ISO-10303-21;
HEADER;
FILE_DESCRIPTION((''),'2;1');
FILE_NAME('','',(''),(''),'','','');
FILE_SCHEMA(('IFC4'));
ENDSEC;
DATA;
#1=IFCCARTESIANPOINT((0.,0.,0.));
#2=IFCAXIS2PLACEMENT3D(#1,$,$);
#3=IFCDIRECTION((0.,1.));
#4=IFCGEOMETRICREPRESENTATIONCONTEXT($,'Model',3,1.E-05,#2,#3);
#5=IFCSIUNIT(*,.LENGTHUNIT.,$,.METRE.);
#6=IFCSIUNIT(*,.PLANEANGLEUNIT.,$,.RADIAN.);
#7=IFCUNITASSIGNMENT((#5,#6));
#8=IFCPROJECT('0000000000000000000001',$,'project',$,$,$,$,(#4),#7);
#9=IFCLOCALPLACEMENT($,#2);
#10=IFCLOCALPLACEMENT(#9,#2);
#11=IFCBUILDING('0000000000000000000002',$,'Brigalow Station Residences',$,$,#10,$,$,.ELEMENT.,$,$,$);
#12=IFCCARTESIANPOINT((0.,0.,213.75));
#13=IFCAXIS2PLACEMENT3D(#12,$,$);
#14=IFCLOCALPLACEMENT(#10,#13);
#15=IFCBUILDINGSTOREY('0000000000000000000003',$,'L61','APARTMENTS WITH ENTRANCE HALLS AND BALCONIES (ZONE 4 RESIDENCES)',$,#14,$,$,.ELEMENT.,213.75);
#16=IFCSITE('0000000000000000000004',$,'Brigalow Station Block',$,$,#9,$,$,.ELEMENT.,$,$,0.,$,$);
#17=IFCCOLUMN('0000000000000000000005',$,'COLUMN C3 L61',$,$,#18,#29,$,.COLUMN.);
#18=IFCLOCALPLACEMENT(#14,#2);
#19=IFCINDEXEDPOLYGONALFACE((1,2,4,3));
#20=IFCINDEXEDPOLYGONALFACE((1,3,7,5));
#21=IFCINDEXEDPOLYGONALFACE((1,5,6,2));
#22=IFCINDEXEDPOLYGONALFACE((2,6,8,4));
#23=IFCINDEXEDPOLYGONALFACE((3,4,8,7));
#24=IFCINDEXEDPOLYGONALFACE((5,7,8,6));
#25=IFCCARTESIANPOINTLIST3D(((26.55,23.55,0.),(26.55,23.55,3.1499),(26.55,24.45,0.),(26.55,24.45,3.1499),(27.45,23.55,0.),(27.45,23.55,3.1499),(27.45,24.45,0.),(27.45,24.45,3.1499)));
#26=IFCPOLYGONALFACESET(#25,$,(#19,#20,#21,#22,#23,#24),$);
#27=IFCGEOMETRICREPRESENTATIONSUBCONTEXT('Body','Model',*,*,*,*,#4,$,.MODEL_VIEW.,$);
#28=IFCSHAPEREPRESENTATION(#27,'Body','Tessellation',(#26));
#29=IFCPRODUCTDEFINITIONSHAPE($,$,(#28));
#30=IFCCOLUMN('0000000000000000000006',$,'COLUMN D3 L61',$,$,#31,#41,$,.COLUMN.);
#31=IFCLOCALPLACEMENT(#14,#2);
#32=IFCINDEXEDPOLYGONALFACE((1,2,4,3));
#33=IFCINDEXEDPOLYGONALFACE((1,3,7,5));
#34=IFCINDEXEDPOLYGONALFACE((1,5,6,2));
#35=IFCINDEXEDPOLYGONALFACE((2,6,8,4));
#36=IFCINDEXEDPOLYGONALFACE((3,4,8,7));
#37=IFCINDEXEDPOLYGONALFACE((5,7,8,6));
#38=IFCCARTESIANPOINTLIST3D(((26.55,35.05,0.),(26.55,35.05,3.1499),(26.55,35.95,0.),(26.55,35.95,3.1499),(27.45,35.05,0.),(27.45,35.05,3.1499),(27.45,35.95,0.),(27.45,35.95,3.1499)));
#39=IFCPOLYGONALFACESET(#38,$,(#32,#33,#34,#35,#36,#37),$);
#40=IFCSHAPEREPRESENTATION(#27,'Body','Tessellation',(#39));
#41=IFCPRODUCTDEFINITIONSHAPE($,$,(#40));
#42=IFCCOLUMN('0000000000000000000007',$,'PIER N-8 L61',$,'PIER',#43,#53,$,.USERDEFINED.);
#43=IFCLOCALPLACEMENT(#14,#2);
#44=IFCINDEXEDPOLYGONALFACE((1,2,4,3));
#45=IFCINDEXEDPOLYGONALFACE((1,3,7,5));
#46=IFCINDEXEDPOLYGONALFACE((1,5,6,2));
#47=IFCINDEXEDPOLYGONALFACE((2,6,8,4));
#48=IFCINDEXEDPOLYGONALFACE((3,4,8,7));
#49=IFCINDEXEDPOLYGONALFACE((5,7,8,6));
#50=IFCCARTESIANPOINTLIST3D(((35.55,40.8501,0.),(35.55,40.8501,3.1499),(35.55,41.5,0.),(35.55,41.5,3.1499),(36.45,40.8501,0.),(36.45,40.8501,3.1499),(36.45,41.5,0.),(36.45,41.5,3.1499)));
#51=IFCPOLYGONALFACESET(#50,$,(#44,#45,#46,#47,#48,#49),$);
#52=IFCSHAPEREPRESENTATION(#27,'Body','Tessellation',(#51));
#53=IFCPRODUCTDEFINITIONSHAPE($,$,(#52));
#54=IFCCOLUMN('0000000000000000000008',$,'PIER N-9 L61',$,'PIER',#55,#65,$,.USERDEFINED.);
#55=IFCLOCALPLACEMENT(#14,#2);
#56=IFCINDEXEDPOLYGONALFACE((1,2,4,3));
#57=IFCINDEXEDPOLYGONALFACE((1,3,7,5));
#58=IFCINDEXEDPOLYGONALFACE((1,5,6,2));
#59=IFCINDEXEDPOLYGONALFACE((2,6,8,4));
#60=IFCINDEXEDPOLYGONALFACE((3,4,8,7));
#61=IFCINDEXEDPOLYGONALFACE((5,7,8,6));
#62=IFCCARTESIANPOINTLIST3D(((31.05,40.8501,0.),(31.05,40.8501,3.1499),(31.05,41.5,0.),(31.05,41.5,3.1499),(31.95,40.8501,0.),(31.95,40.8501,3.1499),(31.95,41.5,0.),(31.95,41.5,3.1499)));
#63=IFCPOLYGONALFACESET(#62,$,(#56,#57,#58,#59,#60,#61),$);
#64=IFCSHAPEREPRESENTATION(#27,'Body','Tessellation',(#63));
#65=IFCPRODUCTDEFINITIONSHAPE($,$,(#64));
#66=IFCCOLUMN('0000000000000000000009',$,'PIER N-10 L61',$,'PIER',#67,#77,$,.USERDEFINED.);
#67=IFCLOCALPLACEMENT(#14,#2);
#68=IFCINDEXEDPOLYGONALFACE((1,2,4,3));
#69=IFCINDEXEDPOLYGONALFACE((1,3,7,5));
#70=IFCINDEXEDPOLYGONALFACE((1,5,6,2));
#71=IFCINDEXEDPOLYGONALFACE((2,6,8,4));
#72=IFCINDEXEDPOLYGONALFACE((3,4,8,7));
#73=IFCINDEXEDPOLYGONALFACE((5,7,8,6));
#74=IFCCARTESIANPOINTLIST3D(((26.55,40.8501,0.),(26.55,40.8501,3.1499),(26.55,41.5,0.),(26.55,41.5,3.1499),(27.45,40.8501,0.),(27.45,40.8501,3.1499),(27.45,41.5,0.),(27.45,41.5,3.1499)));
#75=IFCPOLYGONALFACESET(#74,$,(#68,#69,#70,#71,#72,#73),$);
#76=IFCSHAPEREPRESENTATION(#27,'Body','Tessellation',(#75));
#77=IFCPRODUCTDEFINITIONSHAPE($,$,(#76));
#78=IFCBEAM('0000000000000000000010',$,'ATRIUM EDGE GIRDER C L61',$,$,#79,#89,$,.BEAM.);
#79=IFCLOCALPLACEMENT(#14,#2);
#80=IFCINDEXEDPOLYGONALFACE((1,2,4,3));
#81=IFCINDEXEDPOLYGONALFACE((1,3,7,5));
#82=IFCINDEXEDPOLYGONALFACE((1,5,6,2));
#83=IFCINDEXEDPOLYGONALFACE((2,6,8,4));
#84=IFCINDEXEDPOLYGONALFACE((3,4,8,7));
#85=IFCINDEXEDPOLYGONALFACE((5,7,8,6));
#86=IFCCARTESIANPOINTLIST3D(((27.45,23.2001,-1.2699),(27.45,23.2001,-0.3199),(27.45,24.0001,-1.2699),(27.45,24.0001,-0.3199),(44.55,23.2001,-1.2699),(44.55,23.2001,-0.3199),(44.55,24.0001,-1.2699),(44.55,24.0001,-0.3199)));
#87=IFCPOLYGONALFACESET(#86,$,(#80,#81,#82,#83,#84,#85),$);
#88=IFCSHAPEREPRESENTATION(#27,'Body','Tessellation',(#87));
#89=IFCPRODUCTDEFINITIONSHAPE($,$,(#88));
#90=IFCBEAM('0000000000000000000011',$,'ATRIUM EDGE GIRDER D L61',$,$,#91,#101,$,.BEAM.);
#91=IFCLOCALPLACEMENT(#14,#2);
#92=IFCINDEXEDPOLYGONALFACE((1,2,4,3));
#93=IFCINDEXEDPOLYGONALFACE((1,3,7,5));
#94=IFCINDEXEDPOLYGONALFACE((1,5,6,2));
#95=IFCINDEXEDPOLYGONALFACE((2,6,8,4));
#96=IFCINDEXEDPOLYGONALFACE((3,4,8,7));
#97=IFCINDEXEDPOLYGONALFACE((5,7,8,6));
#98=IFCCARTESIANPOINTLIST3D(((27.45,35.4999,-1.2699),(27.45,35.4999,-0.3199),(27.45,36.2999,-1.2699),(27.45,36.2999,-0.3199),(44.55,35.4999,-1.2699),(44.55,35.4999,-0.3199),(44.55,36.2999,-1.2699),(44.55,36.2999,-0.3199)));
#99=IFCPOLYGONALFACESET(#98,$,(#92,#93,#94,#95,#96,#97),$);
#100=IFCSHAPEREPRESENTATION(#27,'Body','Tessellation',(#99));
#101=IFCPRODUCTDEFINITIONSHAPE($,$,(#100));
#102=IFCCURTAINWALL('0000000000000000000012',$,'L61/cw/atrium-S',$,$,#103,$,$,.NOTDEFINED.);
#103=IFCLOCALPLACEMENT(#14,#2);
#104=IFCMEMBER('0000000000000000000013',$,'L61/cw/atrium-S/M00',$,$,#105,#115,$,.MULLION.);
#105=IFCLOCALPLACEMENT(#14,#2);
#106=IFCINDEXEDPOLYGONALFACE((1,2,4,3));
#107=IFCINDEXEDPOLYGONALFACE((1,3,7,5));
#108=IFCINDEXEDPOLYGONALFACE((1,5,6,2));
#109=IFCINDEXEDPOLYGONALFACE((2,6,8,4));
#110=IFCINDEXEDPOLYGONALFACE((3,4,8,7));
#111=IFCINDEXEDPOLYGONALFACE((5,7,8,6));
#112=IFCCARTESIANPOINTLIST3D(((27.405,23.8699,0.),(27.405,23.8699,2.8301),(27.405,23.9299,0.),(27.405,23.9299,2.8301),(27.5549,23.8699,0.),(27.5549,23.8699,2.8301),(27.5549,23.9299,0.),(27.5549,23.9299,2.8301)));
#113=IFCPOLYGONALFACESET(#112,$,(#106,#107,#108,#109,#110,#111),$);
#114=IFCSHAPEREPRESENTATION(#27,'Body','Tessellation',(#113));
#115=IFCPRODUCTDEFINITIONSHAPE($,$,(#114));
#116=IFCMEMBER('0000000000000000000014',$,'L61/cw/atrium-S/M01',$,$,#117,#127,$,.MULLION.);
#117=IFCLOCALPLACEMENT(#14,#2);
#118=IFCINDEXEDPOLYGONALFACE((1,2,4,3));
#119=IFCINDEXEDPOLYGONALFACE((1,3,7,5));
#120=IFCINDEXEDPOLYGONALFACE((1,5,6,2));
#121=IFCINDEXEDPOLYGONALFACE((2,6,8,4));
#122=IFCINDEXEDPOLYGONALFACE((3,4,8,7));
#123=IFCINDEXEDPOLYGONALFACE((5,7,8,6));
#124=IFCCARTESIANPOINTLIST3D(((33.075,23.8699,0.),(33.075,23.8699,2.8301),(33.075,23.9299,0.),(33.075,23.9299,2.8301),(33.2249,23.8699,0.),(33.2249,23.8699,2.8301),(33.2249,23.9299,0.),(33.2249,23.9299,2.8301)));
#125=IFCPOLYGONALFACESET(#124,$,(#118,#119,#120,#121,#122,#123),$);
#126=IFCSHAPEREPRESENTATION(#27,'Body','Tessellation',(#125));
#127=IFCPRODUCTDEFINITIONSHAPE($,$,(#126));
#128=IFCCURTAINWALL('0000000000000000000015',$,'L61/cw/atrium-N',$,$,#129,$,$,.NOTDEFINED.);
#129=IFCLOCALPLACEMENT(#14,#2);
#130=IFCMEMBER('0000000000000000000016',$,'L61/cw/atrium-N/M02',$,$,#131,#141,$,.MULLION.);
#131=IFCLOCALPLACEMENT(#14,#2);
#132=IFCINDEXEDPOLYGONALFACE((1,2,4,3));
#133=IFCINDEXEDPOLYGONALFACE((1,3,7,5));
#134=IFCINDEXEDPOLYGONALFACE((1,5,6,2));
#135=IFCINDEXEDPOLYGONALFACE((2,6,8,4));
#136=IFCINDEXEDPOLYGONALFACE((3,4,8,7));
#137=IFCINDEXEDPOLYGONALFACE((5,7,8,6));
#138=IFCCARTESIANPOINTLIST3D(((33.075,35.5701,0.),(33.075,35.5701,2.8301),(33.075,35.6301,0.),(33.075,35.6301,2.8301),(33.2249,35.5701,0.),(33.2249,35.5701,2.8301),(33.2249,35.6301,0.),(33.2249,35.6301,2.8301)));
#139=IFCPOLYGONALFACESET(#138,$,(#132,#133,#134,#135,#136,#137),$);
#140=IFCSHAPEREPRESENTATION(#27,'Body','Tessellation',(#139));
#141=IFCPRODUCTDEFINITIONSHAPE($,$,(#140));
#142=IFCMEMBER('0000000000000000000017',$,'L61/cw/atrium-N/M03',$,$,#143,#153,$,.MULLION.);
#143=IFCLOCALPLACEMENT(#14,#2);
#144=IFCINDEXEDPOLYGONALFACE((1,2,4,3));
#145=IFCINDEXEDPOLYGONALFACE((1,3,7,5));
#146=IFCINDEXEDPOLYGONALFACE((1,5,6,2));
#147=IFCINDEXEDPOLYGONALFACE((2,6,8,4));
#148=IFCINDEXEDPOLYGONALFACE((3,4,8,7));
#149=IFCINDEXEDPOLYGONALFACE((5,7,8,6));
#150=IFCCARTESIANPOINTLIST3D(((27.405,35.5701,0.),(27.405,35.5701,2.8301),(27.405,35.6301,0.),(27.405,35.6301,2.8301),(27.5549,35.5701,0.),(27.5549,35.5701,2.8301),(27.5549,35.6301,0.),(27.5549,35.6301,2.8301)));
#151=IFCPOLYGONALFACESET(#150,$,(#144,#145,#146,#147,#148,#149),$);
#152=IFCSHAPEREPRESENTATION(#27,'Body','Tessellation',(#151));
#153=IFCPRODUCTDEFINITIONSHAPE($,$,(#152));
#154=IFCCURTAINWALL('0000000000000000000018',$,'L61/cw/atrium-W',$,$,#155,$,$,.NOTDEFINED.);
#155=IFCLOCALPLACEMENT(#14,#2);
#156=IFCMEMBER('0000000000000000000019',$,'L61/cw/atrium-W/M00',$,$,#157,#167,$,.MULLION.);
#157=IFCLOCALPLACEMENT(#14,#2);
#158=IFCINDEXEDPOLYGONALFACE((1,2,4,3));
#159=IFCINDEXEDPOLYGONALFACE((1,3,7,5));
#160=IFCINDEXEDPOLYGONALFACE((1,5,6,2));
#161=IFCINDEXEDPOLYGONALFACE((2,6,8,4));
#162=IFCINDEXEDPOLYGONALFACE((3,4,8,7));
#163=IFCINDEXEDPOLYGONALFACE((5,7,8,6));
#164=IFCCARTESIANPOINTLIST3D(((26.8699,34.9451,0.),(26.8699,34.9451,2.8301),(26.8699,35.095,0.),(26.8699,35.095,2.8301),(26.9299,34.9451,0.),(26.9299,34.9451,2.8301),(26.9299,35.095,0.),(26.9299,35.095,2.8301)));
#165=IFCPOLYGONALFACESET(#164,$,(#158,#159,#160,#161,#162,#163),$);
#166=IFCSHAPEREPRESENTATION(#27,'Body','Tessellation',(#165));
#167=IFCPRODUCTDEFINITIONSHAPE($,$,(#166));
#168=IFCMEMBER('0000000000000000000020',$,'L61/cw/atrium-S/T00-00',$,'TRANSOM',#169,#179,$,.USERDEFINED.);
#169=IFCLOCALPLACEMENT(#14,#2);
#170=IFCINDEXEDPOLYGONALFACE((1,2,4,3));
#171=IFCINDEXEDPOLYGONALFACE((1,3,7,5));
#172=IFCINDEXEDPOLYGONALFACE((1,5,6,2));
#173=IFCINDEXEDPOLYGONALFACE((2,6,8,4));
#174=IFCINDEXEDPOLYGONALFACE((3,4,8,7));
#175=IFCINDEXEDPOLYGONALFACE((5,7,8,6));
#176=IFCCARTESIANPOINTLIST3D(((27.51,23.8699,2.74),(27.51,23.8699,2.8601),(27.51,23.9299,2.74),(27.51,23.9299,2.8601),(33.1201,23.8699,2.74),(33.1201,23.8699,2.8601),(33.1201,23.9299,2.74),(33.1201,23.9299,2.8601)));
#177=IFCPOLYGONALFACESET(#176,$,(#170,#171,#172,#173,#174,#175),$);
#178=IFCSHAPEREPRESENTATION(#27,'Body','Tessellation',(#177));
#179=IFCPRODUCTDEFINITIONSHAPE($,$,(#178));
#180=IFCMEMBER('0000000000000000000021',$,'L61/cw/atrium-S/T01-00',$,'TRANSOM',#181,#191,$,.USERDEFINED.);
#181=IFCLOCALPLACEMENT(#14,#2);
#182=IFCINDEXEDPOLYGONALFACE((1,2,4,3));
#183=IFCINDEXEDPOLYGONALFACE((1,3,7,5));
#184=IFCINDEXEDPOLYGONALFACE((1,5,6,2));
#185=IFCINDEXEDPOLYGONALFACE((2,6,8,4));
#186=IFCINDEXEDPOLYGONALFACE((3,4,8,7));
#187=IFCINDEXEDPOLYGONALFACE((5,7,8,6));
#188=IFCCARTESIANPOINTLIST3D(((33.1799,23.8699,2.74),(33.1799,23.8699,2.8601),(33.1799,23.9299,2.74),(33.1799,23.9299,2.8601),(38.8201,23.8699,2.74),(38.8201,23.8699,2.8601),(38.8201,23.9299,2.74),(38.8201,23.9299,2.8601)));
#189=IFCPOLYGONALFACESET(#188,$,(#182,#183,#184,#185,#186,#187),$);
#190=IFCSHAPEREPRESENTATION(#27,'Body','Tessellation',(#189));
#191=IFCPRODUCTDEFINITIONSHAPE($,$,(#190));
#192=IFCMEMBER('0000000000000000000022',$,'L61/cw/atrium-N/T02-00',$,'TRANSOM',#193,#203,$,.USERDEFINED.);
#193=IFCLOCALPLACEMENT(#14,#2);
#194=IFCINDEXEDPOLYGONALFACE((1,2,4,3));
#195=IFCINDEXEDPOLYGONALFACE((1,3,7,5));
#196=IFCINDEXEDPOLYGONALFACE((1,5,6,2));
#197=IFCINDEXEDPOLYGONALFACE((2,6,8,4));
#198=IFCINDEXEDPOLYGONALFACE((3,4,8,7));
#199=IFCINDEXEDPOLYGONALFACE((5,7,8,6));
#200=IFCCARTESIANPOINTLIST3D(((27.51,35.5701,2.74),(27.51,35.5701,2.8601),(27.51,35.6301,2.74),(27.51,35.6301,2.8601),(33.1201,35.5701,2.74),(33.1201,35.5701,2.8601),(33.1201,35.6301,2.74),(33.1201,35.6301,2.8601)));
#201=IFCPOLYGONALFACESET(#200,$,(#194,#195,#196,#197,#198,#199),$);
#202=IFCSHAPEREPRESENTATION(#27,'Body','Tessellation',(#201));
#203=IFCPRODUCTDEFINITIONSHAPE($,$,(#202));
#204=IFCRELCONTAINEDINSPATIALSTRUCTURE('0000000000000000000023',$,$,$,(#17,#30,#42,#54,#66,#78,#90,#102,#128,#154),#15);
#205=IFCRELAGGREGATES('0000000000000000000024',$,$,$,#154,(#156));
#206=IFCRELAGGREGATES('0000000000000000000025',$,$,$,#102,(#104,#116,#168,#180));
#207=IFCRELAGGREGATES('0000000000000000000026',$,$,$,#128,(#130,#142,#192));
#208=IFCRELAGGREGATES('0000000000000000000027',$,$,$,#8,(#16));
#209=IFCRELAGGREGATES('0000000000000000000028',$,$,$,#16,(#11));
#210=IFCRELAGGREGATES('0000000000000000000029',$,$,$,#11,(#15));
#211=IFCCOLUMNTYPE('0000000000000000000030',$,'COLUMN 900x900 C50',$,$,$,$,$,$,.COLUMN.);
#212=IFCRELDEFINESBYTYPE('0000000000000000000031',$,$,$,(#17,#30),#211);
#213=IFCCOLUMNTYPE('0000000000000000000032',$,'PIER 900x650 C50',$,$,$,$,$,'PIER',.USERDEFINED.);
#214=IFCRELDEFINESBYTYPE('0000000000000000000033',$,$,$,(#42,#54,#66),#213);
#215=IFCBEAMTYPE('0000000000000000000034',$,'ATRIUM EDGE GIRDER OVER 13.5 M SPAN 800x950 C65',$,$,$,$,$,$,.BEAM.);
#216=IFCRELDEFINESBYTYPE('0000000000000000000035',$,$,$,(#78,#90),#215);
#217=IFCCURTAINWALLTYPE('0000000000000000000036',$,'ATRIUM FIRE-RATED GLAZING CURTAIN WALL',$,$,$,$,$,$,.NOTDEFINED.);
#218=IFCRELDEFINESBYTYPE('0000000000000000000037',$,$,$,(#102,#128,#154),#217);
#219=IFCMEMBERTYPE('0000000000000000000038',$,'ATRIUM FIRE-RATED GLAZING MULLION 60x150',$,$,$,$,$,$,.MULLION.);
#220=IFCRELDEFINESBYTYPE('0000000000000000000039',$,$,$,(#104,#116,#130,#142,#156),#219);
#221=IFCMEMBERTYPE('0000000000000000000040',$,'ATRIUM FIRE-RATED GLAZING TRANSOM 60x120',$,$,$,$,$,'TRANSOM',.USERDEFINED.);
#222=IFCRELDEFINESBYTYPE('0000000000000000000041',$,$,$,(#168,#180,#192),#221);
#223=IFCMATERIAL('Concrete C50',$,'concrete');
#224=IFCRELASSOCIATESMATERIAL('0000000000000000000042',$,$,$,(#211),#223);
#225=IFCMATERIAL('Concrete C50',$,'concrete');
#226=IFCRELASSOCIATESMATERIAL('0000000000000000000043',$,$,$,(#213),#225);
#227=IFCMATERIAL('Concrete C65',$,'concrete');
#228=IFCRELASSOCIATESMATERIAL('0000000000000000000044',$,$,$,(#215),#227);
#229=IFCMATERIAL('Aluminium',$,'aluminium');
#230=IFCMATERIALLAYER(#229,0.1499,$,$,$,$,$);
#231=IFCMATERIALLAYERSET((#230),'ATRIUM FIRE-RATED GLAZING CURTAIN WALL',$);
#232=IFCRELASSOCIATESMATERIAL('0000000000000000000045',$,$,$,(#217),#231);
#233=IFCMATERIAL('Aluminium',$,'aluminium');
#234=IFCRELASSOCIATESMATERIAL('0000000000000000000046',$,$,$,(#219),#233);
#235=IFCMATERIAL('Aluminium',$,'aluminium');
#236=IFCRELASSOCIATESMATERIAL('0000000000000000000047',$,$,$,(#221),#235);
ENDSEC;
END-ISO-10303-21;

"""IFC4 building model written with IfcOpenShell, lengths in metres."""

from ifc_helpers import new_model, si_unit, direction, frame, origin, origin_2d, place, context, subcontext, project, spatial, rectangle, extrude, material, layer, layer_set, material_profile, profile_set, type_object, element, aggregate, save


model = new_model("IFC4")

# Units and contexts
model_context = context("Model", 3, precision=1e-05, world=origin(), true_north=direction((0.0, 1.0)))
body_context = subcontext(model_context, "Body", "Model", "MODEL_VIEW")
ifc_project = project(units=[si_unit("LENGTHUNIT", "METRE"), si_unit("PLANEANGLEUNIT", "RADIAN")], contexts=[model_context])

# Site, building, storey
site_placement = place(None, origin())
site = spatial("IfcSite", under=ifc_project, at=site_placement, Name="Brigalow Station Block", CompositionType="ELEMENT", RefElevation=0.0)
building_placement = place(site_placement, origin())
building = spatial("IfcBuilding", under=site, at=building_placement, Name="Brigalow Station Residences", CompositionType="ELEMENT")
storey_placement = place(building_placement, frame((0.0, 0.0, 213.75)))
storey = spatial("IfcBuildingStorey", under=building, at=storey_placement, Name="L61", Description="APARTMENTS WITH ENTRANCE HALLS AND BALCONIES (ZONE 4 RESIDENCES)", CompositionType="ELEMENT", Elevation=213.75)

# Columns
ifc_material_1 = material(Name="Concrete C50", Category="concrete")
ifc_material_profile_1 = material_profile(ifc_material_1, rectangle(XDim=0.8999, YDim=0.8999, at=origin_2d()), Name="RC900x900")
ifc_profile_set_1 = profile_set([ifc_material_profile_1], Name="Concrete C50")
column_type_1 = type_object("IfcColumnType", Name="COLUMN 900x900 C50", PredefinedType="COLUMN", material=ifc_profile_set_1)
for number, where, z_axis, x_axis, name in (
    (1, (27.0, 24.0, 0.0), (0.0, 0.0, 1.0), (1.0, 0.0, 0.0), "COLUMN C3 L61"),
    (2, (27.0, 35.5, 0.0), (0.0, 0.0, 1.0), (1.0, 0.0, 0.0), "COLUMN D3 L61"),
):
    element("IfcColumn", number, at=place(storey_placement, frame(where, z_axis=z_axis, x_axis=x_axis)), inside=storey, type_object=column_type_1, Name=name, PredefinedType="COLUMN", context=body_context, shape_type="SweptSolid", body=[
        extrude(rectangle(XDim=0.8999, YDim=0.8999, at=origin_2d()), origin(), (0.0, 0.0, 1.0), 3.1499),
    ])
ifc_material_2 = material(Name="Concrete C50", Category="concrete")
ifc_material_profile_2 = material_profile(ifc_material_2, rectangle(XDim=0.8999, YDim=0.6499, at=origin_2d()), Name="RC900x650")
ifc_profile_set_2 = profile_set([ifc_material_profile_2], Name="Concrete C50")
column_type_2 = type_object("IfcColumnType", Name="PIER 900x650 C50", ElementType="PIER", PredefinedType="USERDEFINED", material=ifc_profile_set_2)
for number, where, z_axis, x_axis, name in (
    (3, (36.0, 41.175, 0.0), (0.0, 0.0, 1.0), (-1.0, 0.0, 0.0), "PIER N-8 L61"),
    (4, (31.5, 41.175, 0.0), (0.0, 0.0, 1.0), (-1.0, 0.0, 0.0), "PIER N-9 L61"),
    (5, (27.0, 41.175, 0.0), (0.0, 0.0, 1.0), (-1.0, 0.0, 0.0), "PIER N-10 L61"),
):
    element("IfcColumn", number, at=place(storey_placement, frame(where, z_axis=z_axis, x_axis=x_axis)), inside=storey, type_object=column_type_2, Name=name, ObjectType="PIER", PredefinedType="USERDEFINED", context=body_context, shape_type="SweptSolid", body=[
        extrude(rectangle(XDim=0.8999, YDim=0.6499, at=origin_2d()), origin(), (0.0, 0.0, 1.0), 3.1499),
    ])

# Beams
ifc_material_3 = material(Name="Concrete C65", Category="concrete")
ifc_material_profile_3 = material_profile(ifc_material_3, rectangle(XDim=0.8, YDim=0.95, at=origin_2d()), Name="RC800x950")
ifc_profile_set_3 = profile_set([ifc_material_profile_3], Name="Concrete C65")
beam_type = type_object("IfcBeamType", Name="ATRIUM EDGE GIRDER OVER 13.5 M SPAN 800x950 C65", PredefinedType="BEAM", material=ifc_profile_set_3)
for number, where, z_axis, x_axis, name in (
    (6, (27.45, 23.6001, -0.7949), (1.0, 0.0, 0.0), (0.0, 1.0, 0.0), "ATRIUM EDGE GIRDER C L61"),
    (7, (27.45, 35.8999, -0.7949), (1.0, 0.0, 0.0), (0.0, 1.0, 0.0), "ATRIUM EDGE GIRDER D L61"),
):
    element("IfcBeam", number, at=place(storey_placement, frame(where, z_axis=z_axis, x_axis=x_axis)), inside=storey, type_object=beam_type, Name=name, PredefinedType="BEAM", context=body_context, shape_type="SweptSolid", body=[
        extrude(rectangle(XDim=0.8, YDim=0.95, at=origin_2d()), origin(), (0.0, 0.0, 1.0), 17.1001),
    ])

# Curtain walls, members
ifc_material_4 = material(Name="Aluminium", Category="aluminium")
ifc_layer_1 = layer(ifc_material_4, 0.1499)
ifc_layer_set_1 = layer_set([ifc_layer_1], Name="ATRIUM FIRE-RATED GLAZING CURTAIN WALL")
curtain_wall_type = type_object("IfcCurtainWallType", Name="ATRIUM FIRE-RATED GLAZING CURTAIN WALL", PredefinedType="NOTDEFINED", material=ifc_layer_set_1)
curtain_wall_1_placement = place(storey_placement, origin())
curtain_wall_1 = element("IfcCurtainWall", 8, at=curtain_wall_1_placement, inside=storey, type_object=curtain_wall_type, Name="L61/cw/atrium-S", PredefinedType="NOTDEFINED")
ifc_material_5 = material(Name="Aluminium", Category="aluminium")
ifc_material_profile_4 = material_profile(ifc_material_5, rectangle(XDim=0.0601, YDim=0.1499, at=origin_2d()), Name="ATRIUM FIRE-RATED GLAZING MULLION 60x150")
ifc_profile_set_4 = profile_set([ifc_material_profile_4], Name="Aluminium")
member_type_1 = type_object("IfcMemberType", Name="ATRIUM FIRE-RATED GLAZING MULLION 60x150", PredefinedType="MULLION", material=ifc_profile_set_4)
member_1_placement = place(storey_placement, frame((27.48, 23.8999, 0.0), z_axis=(0.0, 0.0, 1.0), x_axis=(0.0, 1.0, 0.0)))
member_1 = element("IfcMember", 9, at=member_1_placement, type_object=member_type_1, Name="L61/cw/atrium-S/M00", PredefinedType="MULLION", context=body_context, shape_type="SweptSolid", body=[
    extrude(rectangle(XDim=0.0601, YDim=0.1499, at=origin_2d()), origin(), (0.0, 0.0, 1.0), 2.8301),
])
member_2_placement = place(storey_placement, frame((33.1499, 23.8999, 0.0), z_axis=(0.0, 0.0, 1.0), x_axis=(0.0, 1.0, 0.0)))
member_2 = element("IfcMember", 10, at=member_2_placement, type_object=member_type_1, Name="L61/cw/atrium-S/M01", PredefinedType="MULLION", context=body_context, shape_type="SweptSolid", body=[
    extrude(rectangle(XDim=0.0601, YDim=0.1499, at=origin_2d()), origin(), (0.0, 0.0, 1.0), 2.8301),
])
curtain_wall_2_placement = place(storey_placement, origin())
curtain_wall_2 = element("IfcCurtainWall", 11, at=curtain_wall_2_placement, inside=storey, type_object=curtain_wall_type, Name="L61/cw/atrium-N", PredefinedType="NOTDEFINED")
member_3_placement = place(storey_placement, frame((33.1499, 35.6001, 0.0), z_axis=(0.0, 0.0, 1.0), x_axis=(0.0, -1.0, 0.0)))
member_3 = element("IfcMember", 12, at=member_3_placement, type_object=member_type_1, Name="L61/cw/atrium-N/M02", PredefinedType="MULLION", context=body_context, shape_type="SweptSolid", body=[
    extrude(rectangle(XDim=0.0601, YDim=0.1499, at=origin_2d()), origin(), (0.0, 0.0, 1.0), 2.8301),
])
member_4_placement = place(storey_placement, frame((27.48, 35.6001, 0.0), z_axis=(0.0, 0.0, 1.0), x_axis=(0.0, -1.0, 0.0)))
member_4 = element("IfcMember", 13, at=member_4_placement, type_object=member_type_1, Name="L61/cw/atrium-N/M03", PredefinedType="MULLION", context=body_context, shape_type="SweptSolid", body=[
    extrude(rectangle(XDim=0.0601, YDim=0.1499, at=origin_2d()), origin(), (0.0, 0.0, 1.0), 2.8301),
])

# Curtain wall, member
curtain_wall_3_placement = place(storey_placement, origin())
curtain_wall_3 = element("IfcCurtainWall", 14, at=curtain_wall_3_placement, inside=storey, type_object=curtain_wall_type, Name="L61/cw/atrium-W", PredefinedType="NOTDEFINED")
member_5_placement = place(storey_placement, frame((26.8999, 35.02, 0.0), z_axis=(0.0, 0.0, 1.0), x_axis=(1.0, 0.0, 0.0)))
member_5 = element("IfcMember", 15, at=member_5_placement, type_object=member_type_1, Name="L61/cw/atrium-W/M00", PredefinedType="MULLION", context=body_context, shape_type="SweptSolid", body=[
    extrude(rectangle(XDim=0.0601, YDim=0.1499, at=origin_2d()), origin(), (0.0, 0.0, 1.0), 2.8301),
])
aggregate(curtain_wall_3, [member_5])

# Members
ifc_material_6 = material(Name="Aluminium", Category="aluminium")
ifc_material_profile_5 = material_profile(ifc_material_6, rectangle(XDim=0.0601, YDim=0.1201, at=origin_2d()), Name="ATRIUM FIRE-RATED GLAZING TRANSOM 60x120")
ifc_profile_set_5 = profile_set([ifc_material_profile_5], Name="Aluminium")
member_type_2 = type_object("IfcMemberType", Name="ATRIUM FIRE-RATED GLAZING TRANSOM 60x120", ElementType="TRANSOM", PredefinedType="USERDEFINED", material=ifc_profile_set_5)
member_6_placement = place(storey_placement, frame((27.51, 23.8999, 2.8), z_axis=(1.0, 0.0, 0.0), x_axis=(0.0, 1.0, 0.0)))
member_6 = element("IfcMember", 16, at=member_6_placement, type_object=member_type_2, Name="L61/cw/atrium-S/T00-00", ObjectType="TRANSOM", PredefinedType="USERDEFINED", context=body_context, shape_type="SweptSolid", body=[
    extrude(rectangle(XDim=0.0601, YDim=0.1201, at=origin_2d()), origin(), (0.0, 0.0, 1.0), 5.6101),
])
member_7_placement = place(storey_placement, frame((33.1799, 23.8999, 2.8), z_axis=(1.0, 0.0, 0.0), x_axis=(0.0, 1.0, 0.0)))
member_7 = element("IfcMember", 17, at=member_7_placement, type_object=member_type_2, Name="L61/cw/atrium-S/T01-00", ObjectType="TRANSOM", PredefinedType="USERDEFINED", context=body_context, shape_type="SweptSolid", body=[
    extrude(rectangle(XDim=0.0601, YDim=0.1201, at=origin_2d()), origin(), (0.0, 0.0, 1.0), 5.6401),
])
member_8_placement = place(storey_placement, frame((33.1201, 35.6001, 2.8), z_axis=(-1.0, 0.0, 0.0), x_axis=(0.0, -1.0, 0.0)))
member_8 = element("IfcMember", 18, at=member_8_placement, type_object=member_type_2, Name="L61/cw/atrium-N/T02-00", ObjectType="TRANSOM", PredefinedType="USERDEFINED", context=body_context, shape_type="SweptSolid", body=[
    extrude(rectangle(XDim=0.0601, YDim=0.1201, at=origin_2d()), origin(), (0.0, 0.0, 1.0), 5.6101),
])

aggregate(curtain_wall_1, [member_1, member_2, member_6, member_7])
aggregate(curtain_wall_2, [member_3, member_4, member_8])

save(model, "model.ifc")
